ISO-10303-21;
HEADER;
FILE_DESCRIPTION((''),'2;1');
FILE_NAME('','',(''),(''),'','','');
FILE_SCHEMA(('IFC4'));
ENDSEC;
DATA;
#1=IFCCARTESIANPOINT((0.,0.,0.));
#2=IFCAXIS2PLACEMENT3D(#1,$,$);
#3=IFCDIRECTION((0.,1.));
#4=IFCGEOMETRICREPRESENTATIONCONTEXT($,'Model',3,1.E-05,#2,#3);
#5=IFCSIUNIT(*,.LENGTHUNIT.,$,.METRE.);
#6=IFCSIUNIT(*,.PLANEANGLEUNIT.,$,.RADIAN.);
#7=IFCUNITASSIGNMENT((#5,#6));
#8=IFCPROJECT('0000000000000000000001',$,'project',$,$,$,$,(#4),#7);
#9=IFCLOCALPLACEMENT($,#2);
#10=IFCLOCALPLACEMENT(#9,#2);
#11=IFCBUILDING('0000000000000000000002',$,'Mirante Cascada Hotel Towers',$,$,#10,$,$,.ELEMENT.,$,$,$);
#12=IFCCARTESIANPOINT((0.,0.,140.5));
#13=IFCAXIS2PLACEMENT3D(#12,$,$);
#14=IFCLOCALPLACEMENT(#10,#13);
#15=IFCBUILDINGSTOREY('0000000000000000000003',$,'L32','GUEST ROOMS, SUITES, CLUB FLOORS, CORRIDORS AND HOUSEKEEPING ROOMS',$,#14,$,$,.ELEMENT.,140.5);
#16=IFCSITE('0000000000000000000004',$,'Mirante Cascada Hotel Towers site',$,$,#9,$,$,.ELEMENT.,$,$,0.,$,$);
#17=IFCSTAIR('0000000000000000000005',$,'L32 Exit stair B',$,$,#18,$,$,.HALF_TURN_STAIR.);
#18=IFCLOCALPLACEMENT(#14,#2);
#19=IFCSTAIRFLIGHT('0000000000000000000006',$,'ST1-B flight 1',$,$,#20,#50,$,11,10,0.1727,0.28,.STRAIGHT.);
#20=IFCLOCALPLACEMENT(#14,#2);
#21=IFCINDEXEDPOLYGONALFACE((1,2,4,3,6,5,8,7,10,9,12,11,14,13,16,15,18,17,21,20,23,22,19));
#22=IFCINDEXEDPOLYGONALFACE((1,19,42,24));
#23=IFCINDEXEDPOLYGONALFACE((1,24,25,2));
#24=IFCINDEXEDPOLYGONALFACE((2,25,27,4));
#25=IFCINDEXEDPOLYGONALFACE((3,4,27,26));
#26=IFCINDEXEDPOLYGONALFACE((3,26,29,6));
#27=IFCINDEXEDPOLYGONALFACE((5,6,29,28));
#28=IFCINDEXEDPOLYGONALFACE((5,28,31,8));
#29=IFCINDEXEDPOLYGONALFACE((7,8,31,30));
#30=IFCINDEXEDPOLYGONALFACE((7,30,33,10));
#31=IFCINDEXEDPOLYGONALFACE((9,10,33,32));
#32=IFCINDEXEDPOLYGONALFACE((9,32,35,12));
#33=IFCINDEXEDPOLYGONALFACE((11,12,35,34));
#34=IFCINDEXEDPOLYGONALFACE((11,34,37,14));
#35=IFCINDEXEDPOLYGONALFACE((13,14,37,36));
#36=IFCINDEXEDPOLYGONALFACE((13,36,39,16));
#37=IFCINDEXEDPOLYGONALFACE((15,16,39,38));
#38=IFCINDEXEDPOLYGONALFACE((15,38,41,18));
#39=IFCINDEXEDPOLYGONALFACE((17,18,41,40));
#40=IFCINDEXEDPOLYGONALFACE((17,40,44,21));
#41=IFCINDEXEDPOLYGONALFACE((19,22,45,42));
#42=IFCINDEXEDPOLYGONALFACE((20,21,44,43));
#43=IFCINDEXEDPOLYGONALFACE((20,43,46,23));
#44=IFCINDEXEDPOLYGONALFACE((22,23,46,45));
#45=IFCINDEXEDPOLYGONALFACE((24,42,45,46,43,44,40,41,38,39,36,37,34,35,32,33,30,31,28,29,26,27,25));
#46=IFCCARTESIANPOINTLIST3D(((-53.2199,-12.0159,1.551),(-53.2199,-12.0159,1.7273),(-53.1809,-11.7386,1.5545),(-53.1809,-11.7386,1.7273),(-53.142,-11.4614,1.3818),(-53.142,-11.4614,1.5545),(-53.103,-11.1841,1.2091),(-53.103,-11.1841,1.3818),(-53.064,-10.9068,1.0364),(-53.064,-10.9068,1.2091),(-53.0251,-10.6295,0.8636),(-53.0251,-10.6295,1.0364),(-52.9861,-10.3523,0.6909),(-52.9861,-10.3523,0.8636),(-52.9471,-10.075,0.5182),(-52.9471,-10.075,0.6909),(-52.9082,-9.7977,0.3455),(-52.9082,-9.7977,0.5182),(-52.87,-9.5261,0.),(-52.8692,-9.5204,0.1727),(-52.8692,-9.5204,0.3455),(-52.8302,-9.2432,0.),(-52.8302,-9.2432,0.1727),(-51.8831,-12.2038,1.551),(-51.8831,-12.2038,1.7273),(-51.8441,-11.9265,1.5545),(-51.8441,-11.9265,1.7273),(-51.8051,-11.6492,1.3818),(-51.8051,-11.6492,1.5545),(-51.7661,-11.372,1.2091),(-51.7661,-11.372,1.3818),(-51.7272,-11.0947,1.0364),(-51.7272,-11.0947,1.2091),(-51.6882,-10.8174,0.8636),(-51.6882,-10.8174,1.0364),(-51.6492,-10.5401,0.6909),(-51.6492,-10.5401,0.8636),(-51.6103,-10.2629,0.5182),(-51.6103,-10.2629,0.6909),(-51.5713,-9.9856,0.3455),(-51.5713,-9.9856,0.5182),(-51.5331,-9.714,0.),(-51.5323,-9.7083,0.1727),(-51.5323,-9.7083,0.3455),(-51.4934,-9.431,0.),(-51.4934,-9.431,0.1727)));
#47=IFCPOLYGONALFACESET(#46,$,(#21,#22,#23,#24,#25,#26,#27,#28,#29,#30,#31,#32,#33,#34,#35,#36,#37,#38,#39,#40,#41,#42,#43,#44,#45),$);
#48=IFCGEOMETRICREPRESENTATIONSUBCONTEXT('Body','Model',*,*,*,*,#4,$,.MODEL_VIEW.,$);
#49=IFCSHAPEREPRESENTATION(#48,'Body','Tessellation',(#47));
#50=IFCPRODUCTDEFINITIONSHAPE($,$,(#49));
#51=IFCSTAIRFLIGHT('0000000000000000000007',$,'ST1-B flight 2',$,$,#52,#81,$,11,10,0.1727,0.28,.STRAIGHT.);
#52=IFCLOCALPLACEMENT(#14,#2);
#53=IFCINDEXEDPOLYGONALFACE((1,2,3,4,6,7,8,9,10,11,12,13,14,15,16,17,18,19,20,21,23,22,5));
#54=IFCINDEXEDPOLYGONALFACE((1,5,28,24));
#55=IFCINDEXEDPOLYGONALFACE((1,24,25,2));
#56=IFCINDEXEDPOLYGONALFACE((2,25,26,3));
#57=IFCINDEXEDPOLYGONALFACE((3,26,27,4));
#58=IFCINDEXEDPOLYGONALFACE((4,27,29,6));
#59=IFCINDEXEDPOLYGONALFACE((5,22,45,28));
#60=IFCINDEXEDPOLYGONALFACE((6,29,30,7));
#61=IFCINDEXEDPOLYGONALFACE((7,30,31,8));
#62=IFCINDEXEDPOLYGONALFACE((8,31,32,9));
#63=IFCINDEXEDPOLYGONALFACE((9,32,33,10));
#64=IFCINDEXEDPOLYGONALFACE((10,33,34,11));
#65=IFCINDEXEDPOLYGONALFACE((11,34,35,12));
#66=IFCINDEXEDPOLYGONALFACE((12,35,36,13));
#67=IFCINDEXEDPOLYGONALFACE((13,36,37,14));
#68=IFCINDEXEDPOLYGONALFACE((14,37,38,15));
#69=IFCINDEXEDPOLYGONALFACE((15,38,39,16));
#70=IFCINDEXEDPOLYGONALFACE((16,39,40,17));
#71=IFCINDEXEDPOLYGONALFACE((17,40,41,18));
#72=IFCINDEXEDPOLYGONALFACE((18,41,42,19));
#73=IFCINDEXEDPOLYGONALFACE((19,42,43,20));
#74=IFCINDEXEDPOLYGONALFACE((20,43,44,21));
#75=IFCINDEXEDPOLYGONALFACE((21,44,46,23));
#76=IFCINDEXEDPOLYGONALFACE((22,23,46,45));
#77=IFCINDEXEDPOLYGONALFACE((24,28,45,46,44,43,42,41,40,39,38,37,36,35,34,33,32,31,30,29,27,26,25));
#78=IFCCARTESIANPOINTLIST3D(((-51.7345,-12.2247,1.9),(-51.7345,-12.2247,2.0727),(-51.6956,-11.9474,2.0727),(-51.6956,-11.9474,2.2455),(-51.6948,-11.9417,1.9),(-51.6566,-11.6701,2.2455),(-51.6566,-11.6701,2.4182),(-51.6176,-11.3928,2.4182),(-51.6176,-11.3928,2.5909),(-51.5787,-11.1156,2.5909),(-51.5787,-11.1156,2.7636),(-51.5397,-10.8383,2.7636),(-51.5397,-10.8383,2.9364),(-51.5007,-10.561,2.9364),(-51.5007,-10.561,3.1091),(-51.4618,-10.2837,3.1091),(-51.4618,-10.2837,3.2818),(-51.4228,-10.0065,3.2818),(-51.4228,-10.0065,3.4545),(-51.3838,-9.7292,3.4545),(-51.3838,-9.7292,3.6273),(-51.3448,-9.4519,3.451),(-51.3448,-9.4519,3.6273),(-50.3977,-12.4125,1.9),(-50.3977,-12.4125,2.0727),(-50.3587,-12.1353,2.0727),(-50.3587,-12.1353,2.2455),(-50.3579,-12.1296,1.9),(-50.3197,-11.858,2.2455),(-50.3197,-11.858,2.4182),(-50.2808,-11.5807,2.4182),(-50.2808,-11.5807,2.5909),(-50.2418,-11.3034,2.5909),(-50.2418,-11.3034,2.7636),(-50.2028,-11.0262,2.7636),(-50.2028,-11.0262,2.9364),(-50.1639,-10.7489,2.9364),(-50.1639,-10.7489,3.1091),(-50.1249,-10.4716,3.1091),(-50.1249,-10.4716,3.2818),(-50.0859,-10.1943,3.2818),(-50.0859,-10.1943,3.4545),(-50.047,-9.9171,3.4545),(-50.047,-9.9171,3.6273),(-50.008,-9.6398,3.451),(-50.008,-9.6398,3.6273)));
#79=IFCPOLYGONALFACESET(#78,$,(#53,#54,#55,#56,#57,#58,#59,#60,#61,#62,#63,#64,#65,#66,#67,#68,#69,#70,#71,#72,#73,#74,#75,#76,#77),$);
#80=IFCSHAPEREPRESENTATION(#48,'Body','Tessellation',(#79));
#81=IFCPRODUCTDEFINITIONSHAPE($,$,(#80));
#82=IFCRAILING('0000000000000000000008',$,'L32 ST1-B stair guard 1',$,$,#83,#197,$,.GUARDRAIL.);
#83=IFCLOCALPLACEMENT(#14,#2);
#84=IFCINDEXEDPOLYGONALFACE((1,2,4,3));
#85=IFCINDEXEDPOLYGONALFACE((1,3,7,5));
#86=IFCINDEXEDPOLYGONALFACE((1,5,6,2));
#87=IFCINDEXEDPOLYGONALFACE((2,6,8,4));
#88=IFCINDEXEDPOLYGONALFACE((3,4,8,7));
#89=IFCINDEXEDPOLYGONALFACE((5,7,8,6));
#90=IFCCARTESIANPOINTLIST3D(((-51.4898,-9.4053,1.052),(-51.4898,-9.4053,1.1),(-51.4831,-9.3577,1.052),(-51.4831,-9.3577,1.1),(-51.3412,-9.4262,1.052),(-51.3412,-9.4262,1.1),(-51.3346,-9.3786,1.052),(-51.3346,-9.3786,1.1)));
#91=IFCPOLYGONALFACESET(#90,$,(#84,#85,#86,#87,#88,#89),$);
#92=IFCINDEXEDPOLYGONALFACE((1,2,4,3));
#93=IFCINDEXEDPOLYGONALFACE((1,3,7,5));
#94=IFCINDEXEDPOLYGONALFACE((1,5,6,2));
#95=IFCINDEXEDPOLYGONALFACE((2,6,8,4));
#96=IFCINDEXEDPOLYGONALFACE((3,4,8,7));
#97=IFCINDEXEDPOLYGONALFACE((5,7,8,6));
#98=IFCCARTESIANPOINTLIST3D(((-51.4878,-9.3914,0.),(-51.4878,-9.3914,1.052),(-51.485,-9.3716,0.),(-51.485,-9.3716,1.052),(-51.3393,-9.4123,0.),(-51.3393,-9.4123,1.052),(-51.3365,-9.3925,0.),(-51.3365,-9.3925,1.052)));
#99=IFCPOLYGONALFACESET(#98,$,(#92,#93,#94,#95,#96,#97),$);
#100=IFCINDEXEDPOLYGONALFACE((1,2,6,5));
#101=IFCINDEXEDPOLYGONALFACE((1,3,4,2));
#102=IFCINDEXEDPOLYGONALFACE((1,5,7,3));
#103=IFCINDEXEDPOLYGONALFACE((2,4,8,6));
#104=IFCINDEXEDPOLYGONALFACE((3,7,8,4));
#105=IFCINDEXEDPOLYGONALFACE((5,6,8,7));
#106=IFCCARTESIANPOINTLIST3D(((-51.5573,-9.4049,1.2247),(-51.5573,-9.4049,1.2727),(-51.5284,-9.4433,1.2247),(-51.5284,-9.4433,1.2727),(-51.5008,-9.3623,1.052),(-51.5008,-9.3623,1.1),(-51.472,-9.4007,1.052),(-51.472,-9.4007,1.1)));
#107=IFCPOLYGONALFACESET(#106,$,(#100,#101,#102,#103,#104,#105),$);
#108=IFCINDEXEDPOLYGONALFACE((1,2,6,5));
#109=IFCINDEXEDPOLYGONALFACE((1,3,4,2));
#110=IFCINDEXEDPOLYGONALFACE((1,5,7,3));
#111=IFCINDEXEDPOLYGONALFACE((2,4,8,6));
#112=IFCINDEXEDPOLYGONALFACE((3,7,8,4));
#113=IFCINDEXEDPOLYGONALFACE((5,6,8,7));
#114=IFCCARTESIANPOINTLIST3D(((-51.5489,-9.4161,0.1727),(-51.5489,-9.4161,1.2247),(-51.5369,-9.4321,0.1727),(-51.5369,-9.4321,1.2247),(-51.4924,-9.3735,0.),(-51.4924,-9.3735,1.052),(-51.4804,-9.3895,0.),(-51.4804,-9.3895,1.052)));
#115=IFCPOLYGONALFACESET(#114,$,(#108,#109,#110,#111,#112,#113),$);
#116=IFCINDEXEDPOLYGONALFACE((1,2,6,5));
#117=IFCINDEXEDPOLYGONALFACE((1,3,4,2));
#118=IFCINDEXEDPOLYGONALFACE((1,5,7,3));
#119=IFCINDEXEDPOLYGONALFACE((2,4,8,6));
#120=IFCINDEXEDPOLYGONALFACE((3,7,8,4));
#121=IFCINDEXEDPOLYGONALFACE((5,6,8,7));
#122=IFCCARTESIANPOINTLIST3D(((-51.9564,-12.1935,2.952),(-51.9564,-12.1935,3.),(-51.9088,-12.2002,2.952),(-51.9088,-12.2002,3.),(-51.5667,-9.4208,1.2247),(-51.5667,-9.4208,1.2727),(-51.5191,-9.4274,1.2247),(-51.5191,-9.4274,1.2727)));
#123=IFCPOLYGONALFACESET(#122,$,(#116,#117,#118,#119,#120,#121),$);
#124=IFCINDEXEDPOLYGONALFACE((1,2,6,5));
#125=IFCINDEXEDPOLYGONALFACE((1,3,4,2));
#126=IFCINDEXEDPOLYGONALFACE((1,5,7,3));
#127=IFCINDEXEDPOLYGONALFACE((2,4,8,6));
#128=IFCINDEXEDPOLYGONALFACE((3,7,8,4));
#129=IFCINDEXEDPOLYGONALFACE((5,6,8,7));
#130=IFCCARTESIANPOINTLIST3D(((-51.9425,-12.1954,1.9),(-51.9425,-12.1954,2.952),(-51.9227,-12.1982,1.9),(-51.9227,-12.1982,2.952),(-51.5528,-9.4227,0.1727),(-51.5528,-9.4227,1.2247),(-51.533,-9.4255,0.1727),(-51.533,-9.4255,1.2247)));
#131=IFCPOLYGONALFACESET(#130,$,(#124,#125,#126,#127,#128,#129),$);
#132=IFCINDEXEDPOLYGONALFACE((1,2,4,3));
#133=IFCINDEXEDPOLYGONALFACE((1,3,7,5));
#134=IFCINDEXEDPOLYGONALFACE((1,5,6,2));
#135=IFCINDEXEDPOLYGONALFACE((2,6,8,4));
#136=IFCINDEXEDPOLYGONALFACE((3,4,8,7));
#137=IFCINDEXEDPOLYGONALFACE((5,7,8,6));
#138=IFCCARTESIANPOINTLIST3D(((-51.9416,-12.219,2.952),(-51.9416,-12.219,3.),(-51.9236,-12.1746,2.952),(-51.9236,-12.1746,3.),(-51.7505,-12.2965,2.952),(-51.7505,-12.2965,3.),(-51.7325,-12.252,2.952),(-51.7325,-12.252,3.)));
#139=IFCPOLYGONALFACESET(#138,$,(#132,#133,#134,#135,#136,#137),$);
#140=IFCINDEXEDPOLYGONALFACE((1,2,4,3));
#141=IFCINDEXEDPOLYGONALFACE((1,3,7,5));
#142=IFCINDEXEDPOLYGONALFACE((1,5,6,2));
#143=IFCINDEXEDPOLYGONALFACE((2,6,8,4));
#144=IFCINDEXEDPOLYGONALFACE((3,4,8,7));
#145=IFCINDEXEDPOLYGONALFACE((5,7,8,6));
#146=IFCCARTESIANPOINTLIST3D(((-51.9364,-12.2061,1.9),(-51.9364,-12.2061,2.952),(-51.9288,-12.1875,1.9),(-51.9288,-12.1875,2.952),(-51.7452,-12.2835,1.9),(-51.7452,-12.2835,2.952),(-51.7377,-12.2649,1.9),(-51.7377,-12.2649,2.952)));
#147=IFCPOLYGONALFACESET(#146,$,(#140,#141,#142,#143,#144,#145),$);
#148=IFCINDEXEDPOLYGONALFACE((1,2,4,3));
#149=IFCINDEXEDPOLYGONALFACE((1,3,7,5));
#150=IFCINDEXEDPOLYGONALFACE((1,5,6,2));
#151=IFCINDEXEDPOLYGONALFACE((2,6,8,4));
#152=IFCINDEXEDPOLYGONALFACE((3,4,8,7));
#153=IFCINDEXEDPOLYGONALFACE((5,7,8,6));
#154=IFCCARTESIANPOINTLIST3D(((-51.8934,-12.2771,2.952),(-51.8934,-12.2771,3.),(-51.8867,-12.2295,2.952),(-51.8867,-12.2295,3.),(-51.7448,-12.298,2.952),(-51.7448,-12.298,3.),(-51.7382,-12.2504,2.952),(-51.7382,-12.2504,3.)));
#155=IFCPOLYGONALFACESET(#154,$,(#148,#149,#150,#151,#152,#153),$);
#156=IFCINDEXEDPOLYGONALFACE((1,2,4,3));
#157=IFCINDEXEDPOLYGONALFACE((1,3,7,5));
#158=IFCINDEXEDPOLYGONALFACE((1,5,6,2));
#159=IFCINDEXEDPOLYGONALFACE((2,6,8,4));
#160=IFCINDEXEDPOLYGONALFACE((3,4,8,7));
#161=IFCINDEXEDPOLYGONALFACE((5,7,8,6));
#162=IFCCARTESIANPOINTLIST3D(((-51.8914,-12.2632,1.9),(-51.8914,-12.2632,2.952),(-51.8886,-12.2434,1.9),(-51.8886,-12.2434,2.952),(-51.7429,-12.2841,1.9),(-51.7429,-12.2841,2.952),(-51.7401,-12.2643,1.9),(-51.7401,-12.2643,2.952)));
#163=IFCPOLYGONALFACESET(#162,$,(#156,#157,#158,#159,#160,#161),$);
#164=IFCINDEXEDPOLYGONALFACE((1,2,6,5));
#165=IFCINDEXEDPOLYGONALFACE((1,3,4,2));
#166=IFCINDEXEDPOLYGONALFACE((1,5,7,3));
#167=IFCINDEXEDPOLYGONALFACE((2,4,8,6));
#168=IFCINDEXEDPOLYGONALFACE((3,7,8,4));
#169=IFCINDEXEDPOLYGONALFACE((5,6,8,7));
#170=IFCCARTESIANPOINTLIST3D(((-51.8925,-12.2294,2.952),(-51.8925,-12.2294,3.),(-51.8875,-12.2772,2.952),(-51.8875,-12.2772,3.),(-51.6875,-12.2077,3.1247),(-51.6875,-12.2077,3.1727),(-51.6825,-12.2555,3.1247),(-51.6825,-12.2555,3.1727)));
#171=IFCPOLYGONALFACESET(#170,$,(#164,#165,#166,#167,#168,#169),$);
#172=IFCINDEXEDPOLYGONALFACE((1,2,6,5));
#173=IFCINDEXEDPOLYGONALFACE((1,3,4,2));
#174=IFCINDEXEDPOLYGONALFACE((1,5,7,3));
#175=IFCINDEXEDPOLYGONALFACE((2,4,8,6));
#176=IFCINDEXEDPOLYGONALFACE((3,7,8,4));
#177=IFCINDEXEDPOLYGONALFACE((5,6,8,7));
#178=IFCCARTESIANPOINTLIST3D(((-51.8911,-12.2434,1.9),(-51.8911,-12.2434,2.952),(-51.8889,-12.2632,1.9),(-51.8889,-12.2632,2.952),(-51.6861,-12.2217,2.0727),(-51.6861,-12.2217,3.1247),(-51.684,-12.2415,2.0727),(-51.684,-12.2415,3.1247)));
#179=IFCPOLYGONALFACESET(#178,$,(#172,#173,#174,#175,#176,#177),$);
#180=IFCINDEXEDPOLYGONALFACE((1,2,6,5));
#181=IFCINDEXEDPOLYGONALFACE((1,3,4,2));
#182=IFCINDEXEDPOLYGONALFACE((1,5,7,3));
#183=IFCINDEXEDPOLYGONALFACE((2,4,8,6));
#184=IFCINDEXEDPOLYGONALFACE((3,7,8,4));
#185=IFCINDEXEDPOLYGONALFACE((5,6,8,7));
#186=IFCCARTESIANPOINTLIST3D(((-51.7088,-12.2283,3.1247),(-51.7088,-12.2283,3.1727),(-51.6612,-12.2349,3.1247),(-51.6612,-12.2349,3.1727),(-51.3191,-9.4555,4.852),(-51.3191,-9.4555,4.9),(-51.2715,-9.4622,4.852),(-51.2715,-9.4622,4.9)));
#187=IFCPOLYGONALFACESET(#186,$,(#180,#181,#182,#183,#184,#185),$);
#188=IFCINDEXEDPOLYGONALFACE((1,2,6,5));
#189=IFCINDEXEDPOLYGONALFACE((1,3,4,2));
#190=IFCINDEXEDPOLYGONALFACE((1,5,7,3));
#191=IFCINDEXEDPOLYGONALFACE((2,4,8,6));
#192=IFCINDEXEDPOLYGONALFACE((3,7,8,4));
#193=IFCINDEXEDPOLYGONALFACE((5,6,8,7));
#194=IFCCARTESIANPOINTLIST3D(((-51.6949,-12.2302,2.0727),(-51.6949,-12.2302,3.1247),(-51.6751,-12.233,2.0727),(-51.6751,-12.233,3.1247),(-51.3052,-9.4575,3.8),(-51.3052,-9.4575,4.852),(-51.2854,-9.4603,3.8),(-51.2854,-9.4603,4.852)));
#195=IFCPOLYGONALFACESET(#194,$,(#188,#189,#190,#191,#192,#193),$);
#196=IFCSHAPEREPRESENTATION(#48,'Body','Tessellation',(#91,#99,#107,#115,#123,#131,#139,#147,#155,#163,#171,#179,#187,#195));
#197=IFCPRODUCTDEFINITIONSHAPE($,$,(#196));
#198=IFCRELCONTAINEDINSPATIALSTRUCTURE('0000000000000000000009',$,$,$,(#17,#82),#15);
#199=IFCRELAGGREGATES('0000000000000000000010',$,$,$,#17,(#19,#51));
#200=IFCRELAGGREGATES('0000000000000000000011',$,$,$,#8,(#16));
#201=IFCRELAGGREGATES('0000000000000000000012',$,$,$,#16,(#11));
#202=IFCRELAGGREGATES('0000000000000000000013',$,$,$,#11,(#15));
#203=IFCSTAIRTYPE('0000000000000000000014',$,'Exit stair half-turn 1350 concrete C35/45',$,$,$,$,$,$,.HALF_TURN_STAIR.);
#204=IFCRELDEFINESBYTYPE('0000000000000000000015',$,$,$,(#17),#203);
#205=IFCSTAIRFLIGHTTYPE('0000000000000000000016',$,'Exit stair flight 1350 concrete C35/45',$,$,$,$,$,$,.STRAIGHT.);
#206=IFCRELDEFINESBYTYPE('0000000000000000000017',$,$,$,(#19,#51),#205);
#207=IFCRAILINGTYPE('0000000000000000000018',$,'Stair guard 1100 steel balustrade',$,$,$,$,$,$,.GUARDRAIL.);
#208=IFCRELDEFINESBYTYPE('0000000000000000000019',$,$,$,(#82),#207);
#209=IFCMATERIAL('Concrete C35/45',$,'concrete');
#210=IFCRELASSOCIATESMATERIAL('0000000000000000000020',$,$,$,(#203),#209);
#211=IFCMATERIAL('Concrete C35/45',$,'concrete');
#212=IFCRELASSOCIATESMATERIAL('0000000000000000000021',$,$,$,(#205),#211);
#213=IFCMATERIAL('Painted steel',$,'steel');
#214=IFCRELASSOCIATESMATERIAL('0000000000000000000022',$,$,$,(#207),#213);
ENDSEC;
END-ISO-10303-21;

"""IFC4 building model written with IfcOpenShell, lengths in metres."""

from ifc_helpers import new_model, si_unit, direction, frame, origin, origin_2d, place, context, subcontext, project, spatial, polyline, rectangle, outline, extrude, material, type_object, element, aggregate, save


model = new_model("IFC4")

# Units and contexts
model_context = context("Model", 3, precision=1e-05, world=origin(), true_north=direction((0.0, 1.0)))
body_context = subcontext(model_context, "Body", "Model", "MODEL_VIEW")
ifc_project = project(units=[si_unit("LENGTHUNIT", "METRE"), si_unit("PLANEANGLEUNIT", "RADIAN")], contexts=[model_context])

# Site, building, storey
site_placement = place(None, origin())
site = spatial("IfcSite", under=ifc_project, at=site_placement, Name="Mirante Cascada Hotel Towers site", CompositionType="ELEMENT", RefElevation=0.0)
building_placement = place(site_placement, origin())
building = spatial("IfcBuilding", under=site, at=building_placement, Name="Mirante Cascada Hotel Towers", CompositionType="ELEMENT")
storey_placement = place(building_placement, frame((0.0, 0.0, 140.5)))
storey = spatial("IfcBuildingStorey", under=building, at=storey_placement, Name="L32", Description="GUEST ROOMS, SUITES, CLUB FLOORS, CORRIDORS AND HOUSEKEEPING ROOMS", CompositionType="ELEMENT", Elevation=140.5)

# Stair, stair flights
ifc_material_1 = material(Name="Concrete C35/45", Category="concrete")
stair_type = type_object("IfcStairType", Name="Exit stair half-turn 1350 concrete C35/45", PredefinedType="HALF_TURN_STAIR", material=ifc_material_1)
stair_placement = place(storey_placement, origin())
stair = element("IfcStair", 1, at=stair_placement, inside=storey, type_object=stair_type, Name="L32 Exit stair B", PredefinedType="HALF_TURN_STAIR")
ifc_material_2 = material(Name="Concrete C35/45", Category="concrete")
stair_flight_type = type_object("IfcStairFlightType", Name="Exit stair flight 1350 concrete C35/45", PredefinedType="STRAIGHT", material=ifc_material_2)
stair_flight_1_placement = place(storey_placement, frame((-52.1618, -9.3371, 0.0), z_axis=(0.0, 0.0, 1.0), x_axis=(-0.139173, -0.990268, 0.0)))
stair_flight_1 = element("IfcStairFlight", 2, at=stair_flight_1_placement, type_object=stair_flight_type, Name="ST1-B flight 1", NumberOfRisers=11, NumberOfTreads=10, PredefinedType="STRAIGHT", RiserHeight=0.1727, TreadLength=0.28, context=body_context, shape_type="SweptSolid", body=[
    extrude(outline(polyline([(0.0, 0.0), (0.0, 0.1727), (0.28, 0.1727), (0.28, 0.3455), (0.56, 0.3455), (0.56, 0.5182), (0.84, 0.5182), (0.84, 0.6909), (1.12, 0.6909), (1.12, 0.8636), (1.4, 0.8636), (1.4, 1.0364), (1.68, 1.0364), (1.68, 1.2091), (1.96, 1.2091), (1.96, 1.3818), (2.24, 1.3818), (2.24, 1.5545), (2.52, 1.5545), (2.52, 1.7273), (2.8, 1.7273), (2.8, 1.9), (2.8, 1.551), (0.2857, 0.0), (0.0, 0.0)])), frame((0.0, 0.675, 0.0), z_axis=(0.0, -1.0, 0.0), x_axis=(1.0, 0.0, 0.0)), (0.0, 0.0, 1.0), 1.35),
])
stair_flight_2_placement = place(storey_placement, frame((-51.0661, -12.3186, 1.9), z_axis=(0.0, 0.0, 1.0), x_axis=(0.139173, 0.990268, 0.0)))
stair_flight_2 = element("IfcStairFlight", 3, at=stair_flight_2_placement, type_object=stair_flight_type, Name="ST1-B flight 2", NumberOfRisers=11, NumberOfTreads=10, PredefinedType="STRAIGHT", RiserHeight=0.1727, TreadLength=0.28, context=body_context, shape_type="SweptSolid", body=[
    extrude(outline(polyline([(0.0, 0.0), (0.0, 0.1727), (0.28, 0.1727), (0.28, 0.3455), (0.56, 0.3455), (0.56, 0.5182), (0.84, 0.5182), (0.84, 0.6909), (1.12, 0.6909), (1.12, 0.8636), (1.4, 0.8636), (1.4, 1.0364), (1.68, 1.0364), (1.68, 1.2091), (1.96, 1.2091), (1.96, 1.3818), (2.24, 1.3818), (2.24, 1.5545), (2.52, 1.5545), (2.52, 1.7273), (2.8, 1.7273), (2.8, 1.9), (2.8, 1.551), (0.2857, 0.0), (0.0, 0.0)])), frame((0.0, 0.675, 0.0), z_axis=(0.0, -1.0, 0.0), x_axis=(1.0, 0.0, 0.0)), (0.0, 0.0, 1.0), 1.35),
])
aggregate(stair, [stair_flight_1, stair_flight_2])

# Railing
ifc_material_3 = material(Name="Painted steel", Category="steel")
railing_type_1 = type_object("IfcRailingType", Name="Stair guard 1100 steel balustrade", PredefinedType="GUARDRAIL", material=ifc_material_3)
railing_1_placement = place(storey_placement, frame((-51.3379, -9.4024, 0.0)))
element("IfcRailing", 4, at=railing_1_placement, inside=storey, type_object=railing_type_1, Name="L32 ST1-B stair guard 1", PredefinedType="GUARDRAIL", context=body_context, shape_type="SweptSolid", body=[
    extrude(rectangle(XDim=0.048, YDim=0.048, at=origin_2d()), frame((0.0, 0.0, 1.076), z_axis=(-0.990241, 0.139367, 0.0), x_axis=(-0.139367, -0.990241, 0.0)), (0.0, 0.0, 1.0), 0.15),
    extrude(rectangle(XDim=0.02, YDim=1.052, at=origin_2d()), frame((0.0, 0.0, 0.526), z_axis=(-0.990241, 0.139367, 0.0), x_axis=(-0.139367, -0.990241, 0.0)), (0.0, 0.0, 1.0), 0.15),
    extrude(rectangle(XDim=0.048, YDim=0.048, at=origin_2d()), frame((-0.1485, 0.0209, 1.076), z_axis=(-0.798471, -0.602033, 0.0), x_axis=(0.602033, -0.798471, 0.0)), (0.0, 0.92534, 0.379139), 0.1866),
    extrude(rectangle(XDim=0.02, YDim=1.052, at=origin_2d()), frame((-0.1485, 0.0209, 0.526), z_axis=(-0.798471, -0.602033, 0.0), x_axis=(0.602033, -0.798471, 0.0)), (0.0, 0.92534, 0.379139), 0.1866),
    extrude(rectangle(XDim=0.048, YDim=0.048, at=origin_2d()), frame((-0.205, -0.0217, 1.2487), z_axis=(-0.139181, -0.990267, 0.0), x_axis=(0.990267, -0.139181, 0.0)), (0.0, 0.525035, 0.851081), 3.2899),
    extrude(rectangle(XDim=0.02, YDim=1.052, at=origin_2d()), frame((-0.205, -0.0217, 0.6987), z_axis=(-0.139181, -0.990267, 0.0), x_axis=(0.990267, -0.139181, 0.0)), (0.0, 0.525035, 0.851081), 3.2899),
    extrude(rectangle(XDim=0.048, YDim=0.048, at=origin_2d()), frame((-0.5947, -2.7944, 2.976), z_axis=(0.926862, -0.375401, 0.0), x_axis=(0.375401, 0.926862, 0.0)), (0.0, 0.0, 1.0), 0.2062),
    extrude(rectangle(XDim=0.02, YDim=1.052, at=origin_2d()), frame((-0.5947, -2.7944, 2.426), z_axis=(0.926862, -0.375401, 0.0), x_axis=(0.375401, 0.926862, 0.0)), (0.0, 0.0, 1.0), 0.2062),
    extrude(rectangle(XDim=0.048, YDim=0.048, at=origin_2d()), frame((-0.4036, -2.8718, 2.976), z_axis=(-0.990241, 0.139367, 0.0), x_axis=(-0.139367, -0.990241, 0.0)), (0.0, 0.0, 1.0), 0.15),
    extrude(rectangle(XDim=0.02, YDim=1.052, at=origin_2d()), frame((-0.4036, -2.8718, 2.426), z_axis=(-0.990241, 0.139367, 0.0), x_axis=(-0.139367, -0.990241, 0.0)), (0.0, 0.0, 1.0), 0.15),
    extrude(rectangle(XDim=0.048, YDim=0.048, at=origin_2d()), frame((-0.5521, -2.8509, 2.976), z_axis=(0.994444, 0.105266, 0.0), x_axis=(-0.105266, 0.994444, 0.0)), (0.0, 0.642184, 0.76655), 0.2689),
    extrude(rectangle(XDim=0.02, YDim=1.052, at=origin_2d()), frame((-0.5521, -2.8509, 2.426), z_axis=(0.994444, 0.105266, 0.0), x_axis=(-0.105266, 0.994444, 0.0)), (0.0, 0.642184, 0.76655), 0.2689),
    extrude(rectangle(XDim=0.048, YDim=0.048, at=origin_2d()), frame((-0.3471, -2.8292, 3.1487), z_axis=(0.139181, 0.990267, 0.0), x_axis=(-0.990267, 0.139181, 0.0)), (0.0, 0.525035, 0.851081), 3.2899),
    extrude(rectangle(XDim=0.02, YDim=1.052, at=origin_2d()), frame((-0.3471, -2.8292, 2.5987), z_axis=(0.139181, 0.990267, 0.0), x_axis=(-0.990267, 0.139181, 0.0)), (0.0, 0.525035, 0.851081), 3.2899),
])

save(model, "model.ifc")
